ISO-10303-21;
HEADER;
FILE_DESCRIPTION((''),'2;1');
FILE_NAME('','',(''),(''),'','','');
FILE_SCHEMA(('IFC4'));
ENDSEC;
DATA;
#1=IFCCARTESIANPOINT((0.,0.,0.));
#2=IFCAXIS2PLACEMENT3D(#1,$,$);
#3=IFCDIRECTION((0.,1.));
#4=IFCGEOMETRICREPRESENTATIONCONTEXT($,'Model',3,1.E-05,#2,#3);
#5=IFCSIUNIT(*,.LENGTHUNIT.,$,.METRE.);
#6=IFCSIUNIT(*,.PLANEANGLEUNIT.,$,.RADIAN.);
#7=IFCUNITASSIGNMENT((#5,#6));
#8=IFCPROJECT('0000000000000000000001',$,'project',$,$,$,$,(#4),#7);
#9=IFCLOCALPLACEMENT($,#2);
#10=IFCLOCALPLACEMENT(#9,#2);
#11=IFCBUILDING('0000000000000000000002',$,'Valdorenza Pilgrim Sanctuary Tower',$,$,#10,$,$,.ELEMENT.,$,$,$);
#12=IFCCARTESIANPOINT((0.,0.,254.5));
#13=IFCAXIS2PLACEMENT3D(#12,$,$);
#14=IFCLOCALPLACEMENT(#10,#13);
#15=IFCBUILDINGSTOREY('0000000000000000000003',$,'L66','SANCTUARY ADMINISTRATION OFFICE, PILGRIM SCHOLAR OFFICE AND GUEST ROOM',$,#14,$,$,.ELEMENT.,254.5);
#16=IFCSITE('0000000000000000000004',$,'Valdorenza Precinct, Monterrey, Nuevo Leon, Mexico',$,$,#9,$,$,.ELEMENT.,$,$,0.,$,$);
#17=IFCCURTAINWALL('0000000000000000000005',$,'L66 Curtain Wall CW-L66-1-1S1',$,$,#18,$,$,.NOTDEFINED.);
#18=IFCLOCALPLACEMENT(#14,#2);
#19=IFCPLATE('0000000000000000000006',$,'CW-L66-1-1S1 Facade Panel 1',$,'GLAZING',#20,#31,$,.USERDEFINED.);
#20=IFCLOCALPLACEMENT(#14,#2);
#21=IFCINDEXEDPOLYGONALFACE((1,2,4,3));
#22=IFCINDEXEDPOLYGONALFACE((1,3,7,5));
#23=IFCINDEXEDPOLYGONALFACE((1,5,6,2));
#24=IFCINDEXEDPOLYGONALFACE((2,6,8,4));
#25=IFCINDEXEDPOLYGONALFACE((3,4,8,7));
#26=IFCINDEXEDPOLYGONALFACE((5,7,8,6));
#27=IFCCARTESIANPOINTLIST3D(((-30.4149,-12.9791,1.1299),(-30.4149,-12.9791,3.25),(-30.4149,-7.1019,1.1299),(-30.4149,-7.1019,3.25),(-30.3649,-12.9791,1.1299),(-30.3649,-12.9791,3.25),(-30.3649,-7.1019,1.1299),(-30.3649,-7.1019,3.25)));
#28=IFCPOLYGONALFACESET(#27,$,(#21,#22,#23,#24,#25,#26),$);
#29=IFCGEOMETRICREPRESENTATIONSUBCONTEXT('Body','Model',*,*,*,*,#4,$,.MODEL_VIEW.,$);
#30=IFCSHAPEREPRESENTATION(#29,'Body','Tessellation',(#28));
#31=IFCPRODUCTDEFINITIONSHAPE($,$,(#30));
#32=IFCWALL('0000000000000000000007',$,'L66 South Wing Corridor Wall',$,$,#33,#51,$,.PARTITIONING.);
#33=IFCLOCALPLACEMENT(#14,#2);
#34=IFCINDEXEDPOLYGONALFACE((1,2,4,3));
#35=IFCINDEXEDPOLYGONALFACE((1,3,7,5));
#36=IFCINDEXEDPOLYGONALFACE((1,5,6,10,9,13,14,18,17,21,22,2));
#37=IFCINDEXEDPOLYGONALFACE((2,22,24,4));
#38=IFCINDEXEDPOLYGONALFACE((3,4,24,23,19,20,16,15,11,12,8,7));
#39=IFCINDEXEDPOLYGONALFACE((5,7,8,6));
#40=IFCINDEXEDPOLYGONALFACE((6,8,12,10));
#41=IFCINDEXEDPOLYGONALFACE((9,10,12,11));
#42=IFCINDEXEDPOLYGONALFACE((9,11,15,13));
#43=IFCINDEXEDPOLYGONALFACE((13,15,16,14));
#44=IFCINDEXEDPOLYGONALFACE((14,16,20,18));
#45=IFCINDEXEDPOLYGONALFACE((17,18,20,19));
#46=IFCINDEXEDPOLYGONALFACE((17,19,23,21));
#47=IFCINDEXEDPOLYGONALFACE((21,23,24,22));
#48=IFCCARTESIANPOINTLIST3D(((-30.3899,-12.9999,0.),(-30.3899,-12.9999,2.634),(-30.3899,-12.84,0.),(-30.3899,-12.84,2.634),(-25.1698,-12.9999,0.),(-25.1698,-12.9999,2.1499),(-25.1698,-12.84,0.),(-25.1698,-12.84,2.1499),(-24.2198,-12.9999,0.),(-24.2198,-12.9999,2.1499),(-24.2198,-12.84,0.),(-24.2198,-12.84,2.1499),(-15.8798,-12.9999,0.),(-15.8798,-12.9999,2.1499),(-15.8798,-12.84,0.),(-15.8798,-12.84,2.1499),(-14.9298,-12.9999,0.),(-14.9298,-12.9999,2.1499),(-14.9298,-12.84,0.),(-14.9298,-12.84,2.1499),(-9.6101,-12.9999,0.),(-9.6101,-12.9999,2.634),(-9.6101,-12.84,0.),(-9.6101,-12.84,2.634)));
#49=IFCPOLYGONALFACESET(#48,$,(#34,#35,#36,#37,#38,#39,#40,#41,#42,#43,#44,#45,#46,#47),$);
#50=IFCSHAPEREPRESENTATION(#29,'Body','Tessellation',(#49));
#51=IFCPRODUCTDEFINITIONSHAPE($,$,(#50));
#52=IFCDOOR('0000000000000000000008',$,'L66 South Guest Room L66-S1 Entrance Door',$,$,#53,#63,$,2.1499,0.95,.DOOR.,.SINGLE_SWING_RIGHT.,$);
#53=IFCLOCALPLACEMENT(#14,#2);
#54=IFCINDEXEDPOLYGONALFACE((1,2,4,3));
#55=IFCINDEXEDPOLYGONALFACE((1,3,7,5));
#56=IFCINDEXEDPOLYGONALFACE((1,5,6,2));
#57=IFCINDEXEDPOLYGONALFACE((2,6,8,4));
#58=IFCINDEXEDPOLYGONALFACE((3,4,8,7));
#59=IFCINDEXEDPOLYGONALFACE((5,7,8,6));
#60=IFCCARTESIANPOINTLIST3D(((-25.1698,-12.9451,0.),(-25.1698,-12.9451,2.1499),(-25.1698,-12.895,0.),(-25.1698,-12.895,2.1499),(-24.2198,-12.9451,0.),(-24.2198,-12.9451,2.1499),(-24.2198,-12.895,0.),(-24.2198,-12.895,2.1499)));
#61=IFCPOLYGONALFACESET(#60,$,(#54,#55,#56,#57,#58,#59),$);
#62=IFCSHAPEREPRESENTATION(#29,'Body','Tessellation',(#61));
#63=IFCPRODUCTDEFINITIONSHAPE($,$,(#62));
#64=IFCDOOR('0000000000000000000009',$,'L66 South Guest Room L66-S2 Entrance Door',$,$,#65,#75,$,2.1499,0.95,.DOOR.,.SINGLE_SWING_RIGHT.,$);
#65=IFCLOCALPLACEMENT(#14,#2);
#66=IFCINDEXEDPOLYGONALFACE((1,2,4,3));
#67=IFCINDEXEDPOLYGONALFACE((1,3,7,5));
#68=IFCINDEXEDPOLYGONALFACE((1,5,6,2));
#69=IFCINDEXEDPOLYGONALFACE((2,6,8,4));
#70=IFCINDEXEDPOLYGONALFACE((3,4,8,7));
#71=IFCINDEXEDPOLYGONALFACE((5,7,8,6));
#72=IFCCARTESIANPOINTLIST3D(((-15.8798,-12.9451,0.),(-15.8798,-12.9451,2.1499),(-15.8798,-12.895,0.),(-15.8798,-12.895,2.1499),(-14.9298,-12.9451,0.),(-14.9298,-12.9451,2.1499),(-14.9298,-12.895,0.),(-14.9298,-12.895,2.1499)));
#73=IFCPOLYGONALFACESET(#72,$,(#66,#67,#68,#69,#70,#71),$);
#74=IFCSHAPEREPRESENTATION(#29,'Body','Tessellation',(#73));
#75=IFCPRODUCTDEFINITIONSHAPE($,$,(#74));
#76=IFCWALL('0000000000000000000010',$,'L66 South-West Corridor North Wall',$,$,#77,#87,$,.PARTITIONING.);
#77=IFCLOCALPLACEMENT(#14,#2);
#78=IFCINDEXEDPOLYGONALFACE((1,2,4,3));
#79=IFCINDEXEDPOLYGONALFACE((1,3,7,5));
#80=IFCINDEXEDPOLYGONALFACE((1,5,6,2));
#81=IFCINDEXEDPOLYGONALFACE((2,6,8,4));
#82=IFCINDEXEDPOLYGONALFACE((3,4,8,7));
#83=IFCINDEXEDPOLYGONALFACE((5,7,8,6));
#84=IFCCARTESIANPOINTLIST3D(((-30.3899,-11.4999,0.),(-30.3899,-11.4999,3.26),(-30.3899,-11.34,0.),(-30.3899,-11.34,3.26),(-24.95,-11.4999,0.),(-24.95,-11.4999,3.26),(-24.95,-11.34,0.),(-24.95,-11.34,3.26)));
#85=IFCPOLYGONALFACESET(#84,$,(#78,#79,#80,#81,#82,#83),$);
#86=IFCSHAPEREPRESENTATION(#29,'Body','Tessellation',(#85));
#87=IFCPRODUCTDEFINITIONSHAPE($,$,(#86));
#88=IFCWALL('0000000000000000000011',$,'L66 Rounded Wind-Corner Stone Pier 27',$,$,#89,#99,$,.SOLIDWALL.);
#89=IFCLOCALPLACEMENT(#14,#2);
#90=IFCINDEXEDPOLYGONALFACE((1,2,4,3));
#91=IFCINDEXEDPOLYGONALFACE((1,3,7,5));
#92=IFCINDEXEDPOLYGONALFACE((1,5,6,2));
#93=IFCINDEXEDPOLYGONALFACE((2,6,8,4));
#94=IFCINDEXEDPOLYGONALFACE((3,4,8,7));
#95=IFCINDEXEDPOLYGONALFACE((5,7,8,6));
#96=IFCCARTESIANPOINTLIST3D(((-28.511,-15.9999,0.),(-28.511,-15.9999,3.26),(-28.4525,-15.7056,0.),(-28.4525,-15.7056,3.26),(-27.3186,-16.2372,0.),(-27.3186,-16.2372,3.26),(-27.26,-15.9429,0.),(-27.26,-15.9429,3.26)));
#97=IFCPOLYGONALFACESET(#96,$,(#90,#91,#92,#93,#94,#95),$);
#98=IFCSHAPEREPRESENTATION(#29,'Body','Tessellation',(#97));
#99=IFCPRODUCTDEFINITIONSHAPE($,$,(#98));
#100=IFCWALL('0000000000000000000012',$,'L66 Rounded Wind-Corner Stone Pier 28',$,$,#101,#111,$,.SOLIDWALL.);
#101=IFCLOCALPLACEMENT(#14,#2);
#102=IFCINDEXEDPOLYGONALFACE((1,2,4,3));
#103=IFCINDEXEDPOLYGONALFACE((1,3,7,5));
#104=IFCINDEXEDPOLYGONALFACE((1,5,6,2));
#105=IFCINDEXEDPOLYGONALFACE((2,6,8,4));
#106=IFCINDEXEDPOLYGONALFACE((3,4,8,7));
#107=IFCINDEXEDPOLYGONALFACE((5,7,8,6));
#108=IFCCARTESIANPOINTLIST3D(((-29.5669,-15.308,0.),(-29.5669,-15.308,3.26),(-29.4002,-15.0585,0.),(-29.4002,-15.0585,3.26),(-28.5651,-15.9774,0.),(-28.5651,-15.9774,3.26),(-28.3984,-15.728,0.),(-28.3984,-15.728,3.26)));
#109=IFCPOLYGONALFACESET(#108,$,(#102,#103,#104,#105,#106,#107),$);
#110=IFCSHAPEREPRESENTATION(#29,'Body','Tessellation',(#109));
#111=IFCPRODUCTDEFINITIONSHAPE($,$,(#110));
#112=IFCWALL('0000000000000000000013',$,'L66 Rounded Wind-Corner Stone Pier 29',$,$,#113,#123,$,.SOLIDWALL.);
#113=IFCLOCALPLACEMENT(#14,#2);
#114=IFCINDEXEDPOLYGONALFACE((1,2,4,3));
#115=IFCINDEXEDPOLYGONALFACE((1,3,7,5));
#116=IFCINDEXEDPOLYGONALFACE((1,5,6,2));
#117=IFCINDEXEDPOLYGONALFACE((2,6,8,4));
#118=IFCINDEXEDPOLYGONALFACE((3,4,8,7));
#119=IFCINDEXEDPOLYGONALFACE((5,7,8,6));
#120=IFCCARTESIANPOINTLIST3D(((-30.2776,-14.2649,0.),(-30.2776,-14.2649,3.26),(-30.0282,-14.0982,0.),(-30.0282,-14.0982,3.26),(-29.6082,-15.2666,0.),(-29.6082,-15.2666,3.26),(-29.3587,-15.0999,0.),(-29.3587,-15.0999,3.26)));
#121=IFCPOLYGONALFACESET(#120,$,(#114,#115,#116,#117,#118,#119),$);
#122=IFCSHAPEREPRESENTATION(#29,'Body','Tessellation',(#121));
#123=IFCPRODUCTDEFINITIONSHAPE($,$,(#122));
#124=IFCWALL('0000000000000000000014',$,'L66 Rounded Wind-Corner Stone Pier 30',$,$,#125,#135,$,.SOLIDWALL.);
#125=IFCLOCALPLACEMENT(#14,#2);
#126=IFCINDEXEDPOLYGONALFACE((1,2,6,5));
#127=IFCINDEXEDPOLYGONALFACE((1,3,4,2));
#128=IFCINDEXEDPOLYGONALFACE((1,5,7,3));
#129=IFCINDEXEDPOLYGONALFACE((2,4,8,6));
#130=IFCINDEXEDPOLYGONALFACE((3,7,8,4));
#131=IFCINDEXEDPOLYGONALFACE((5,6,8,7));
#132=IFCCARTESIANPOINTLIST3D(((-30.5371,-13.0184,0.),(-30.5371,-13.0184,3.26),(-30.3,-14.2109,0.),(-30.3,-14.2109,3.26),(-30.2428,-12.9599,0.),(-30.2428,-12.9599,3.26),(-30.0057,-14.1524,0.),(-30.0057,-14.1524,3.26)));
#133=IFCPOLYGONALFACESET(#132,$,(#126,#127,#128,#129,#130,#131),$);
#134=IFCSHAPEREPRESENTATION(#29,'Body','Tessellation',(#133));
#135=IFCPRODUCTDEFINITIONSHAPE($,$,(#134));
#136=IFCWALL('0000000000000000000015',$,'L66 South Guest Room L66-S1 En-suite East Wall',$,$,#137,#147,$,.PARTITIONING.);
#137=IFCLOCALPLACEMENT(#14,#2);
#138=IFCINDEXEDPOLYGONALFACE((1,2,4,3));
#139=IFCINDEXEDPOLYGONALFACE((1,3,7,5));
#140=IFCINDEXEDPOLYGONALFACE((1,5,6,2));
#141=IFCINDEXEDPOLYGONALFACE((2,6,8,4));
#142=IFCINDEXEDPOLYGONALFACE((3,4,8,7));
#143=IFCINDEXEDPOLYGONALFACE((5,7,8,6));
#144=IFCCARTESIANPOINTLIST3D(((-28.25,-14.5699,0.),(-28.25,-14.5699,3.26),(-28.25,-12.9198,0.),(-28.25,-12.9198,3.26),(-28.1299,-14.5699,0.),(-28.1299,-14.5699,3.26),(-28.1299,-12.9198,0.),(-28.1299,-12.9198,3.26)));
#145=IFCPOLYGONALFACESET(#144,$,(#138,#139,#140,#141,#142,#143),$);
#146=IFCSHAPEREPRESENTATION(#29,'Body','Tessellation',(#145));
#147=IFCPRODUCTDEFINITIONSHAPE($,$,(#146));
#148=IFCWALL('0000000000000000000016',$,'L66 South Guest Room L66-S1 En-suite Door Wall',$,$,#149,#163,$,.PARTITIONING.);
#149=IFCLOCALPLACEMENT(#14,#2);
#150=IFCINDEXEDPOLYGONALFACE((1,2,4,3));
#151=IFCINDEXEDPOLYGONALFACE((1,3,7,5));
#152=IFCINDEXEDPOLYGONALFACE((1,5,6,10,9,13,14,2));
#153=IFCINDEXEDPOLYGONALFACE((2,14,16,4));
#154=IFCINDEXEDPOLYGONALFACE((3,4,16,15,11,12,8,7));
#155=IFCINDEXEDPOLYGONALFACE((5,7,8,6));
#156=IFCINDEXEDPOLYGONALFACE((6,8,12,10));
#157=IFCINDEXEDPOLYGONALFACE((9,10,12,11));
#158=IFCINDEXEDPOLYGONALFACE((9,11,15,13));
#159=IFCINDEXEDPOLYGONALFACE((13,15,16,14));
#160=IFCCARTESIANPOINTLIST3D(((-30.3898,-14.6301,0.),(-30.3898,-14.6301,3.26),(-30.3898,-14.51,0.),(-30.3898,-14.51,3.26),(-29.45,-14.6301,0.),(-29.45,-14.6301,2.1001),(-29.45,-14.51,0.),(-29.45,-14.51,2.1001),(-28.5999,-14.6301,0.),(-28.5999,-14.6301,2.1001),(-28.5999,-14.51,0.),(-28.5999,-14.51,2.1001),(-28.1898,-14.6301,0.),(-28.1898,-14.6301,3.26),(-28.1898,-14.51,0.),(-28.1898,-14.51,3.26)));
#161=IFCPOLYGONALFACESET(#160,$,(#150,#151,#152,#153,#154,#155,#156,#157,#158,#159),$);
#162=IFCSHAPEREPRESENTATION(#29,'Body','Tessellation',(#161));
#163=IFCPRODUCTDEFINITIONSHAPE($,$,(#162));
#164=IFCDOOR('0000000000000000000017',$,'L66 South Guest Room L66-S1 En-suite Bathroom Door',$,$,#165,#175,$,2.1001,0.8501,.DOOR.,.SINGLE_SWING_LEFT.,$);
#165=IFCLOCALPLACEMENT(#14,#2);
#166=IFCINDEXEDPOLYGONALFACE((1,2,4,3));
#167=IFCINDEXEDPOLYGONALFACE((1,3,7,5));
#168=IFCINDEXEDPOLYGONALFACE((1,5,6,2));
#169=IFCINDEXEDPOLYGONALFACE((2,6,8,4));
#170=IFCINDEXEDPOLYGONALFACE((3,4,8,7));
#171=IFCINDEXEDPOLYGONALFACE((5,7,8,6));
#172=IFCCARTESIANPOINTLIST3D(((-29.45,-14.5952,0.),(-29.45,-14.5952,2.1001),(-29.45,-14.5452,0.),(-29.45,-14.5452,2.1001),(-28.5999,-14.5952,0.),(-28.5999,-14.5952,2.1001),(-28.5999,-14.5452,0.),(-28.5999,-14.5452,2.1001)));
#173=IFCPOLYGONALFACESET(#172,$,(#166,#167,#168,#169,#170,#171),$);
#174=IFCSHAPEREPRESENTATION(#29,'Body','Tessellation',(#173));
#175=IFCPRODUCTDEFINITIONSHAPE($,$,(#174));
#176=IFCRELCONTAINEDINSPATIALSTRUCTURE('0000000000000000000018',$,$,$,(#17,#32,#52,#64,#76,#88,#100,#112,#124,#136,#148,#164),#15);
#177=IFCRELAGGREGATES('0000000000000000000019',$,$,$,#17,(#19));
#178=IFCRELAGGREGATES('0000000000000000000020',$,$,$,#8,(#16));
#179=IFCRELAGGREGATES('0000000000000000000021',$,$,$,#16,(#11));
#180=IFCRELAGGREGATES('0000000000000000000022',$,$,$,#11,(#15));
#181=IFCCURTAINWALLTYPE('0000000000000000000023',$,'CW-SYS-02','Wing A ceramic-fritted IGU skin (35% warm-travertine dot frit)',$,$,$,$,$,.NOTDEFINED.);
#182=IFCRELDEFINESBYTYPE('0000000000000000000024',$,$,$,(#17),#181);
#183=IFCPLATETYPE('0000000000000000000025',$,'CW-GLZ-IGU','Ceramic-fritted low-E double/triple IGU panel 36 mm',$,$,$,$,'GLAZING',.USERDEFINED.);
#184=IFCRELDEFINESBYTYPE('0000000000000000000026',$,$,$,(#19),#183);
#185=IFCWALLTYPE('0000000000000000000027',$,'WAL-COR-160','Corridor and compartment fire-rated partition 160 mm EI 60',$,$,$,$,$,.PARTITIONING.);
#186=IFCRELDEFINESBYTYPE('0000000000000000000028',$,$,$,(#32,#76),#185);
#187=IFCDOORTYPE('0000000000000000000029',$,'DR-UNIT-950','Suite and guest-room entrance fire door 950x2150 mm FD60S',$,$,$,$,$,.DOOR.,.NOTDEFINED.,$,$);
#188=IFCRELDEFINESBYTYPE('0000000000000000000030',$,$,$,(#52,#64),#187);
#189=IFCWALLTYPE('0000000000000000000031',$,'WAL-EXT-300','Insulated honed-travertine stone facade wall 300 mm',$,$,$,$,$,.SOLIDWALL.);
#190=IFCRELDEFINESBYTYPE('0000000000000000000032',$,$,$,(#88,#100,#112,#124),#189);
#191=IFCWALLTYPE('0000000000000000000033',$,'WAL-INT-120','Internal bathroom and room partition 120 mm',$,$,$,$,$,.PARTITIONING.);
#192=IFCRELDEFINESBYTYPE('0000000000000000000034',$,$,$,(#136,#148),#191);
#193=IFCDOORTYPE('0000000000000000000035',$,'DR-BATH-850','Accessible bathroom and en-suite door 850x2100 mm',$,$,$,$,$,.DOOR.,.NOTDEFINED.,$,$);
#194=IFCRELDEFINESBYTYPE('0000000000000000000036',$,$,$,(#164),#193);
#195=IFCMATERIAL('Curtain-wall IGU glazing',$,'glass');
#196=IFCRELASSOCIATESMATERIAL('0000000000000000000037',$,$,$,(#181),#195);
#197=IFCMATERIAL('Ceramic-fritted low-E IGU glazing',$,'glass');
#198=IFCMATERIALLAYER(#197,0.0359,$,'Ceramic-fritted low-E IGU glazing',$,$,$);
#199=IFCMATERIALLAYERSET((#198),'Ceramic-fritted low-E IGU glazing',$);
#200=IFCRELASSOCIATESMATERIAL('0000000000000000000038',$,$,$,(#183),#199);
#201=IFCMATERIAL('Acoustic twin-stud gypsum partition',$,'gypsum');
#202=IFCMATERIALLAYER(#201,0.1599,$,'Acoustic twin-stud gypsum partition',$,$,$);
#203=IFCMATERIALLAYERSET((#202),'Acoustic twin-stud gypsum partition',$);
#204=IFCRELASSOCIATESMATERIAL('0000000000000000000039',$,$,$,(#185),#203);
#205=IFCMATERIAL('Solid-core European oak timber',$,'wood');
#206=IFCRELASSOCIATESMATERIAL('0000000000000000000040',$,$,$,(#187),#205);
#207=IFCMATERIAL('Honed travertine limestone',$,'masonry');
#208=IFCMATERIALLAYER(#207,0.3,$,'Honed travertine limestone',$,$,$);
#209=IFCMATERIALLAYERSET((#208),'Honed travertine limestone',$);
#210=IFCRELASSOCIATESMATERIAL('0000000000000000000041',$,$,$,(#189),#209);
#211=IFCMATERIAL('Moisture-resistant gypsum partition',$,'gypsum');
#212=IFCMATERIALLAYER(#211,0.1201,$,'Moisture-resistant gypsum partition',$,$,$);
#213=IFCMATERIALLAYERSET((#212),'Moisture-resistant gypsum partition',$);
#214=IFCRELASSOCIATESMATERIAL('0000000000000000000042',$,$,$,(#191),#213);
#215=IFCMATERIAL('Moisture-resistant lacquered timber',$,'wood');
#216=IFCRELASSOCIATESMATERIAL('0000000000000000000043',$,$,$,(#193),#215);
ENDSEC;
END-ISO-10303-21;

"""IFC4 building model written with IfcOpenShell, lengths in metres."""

from ifc_helpers import new_model, si_unit, direction, frame, frame_2d, origin, origin_2d, place, context, subcontext, project, spatial, rectangle, extrude, source, transform, mapped, material, layer, layer_set, type_object, element, fill, aggregate, save


model = new_model("IFC4")

# Units and contexts
model_context = context("Model", 3, precision=1e-05, world=origin(), true_north=direction((0.0, 1.0)))
body_context = subcontext(model_context, "Body", "Model", "MODEL_VIEW")
ifc_project = project(units=[si_unit("LENGTHUNIT", "METRE"), si_unit("PLANEANGLEUNIT", "RADIAN")], contexts=[model_context])

# Site, building, storey
site_placement = place(None, origin())
site = spatial("IfcSite", under=ifc_project, at=site_placement, Name="Valdorenza Precinct, Monterrey, Nuevo Leon, Mexico", CompositionType="ELEMENT", RefElevation=0.0)
building_placement = place(site_placement, origin())
building = spatial("IfcBuilding", under=site, at=building_placement, Name="Valdorenza Pilgrim Sanctuary Tower", CompositionType="ELEMENT")
storey_placement = place(building_placement, frame((0.0, 0.0, 254.5)))
storey = spatial("IfcBuildingStorey", under=building, at=storey_placement, Name="L66", Description="SANCTUARY ADMINISTRATION OFFICE, PILGRIM SCHOLAR OFFICE AND GUEST ROOM", CompositionType="ELEMENT", Elevation=254.5)

# Curtain wall
ifc_material_1 = material(Name="Curtain-wall IGU glazing", Category="glass")
curtain_wall_type = type_object("IfcCurtainWallType", Name="CW-SYS-02", Description="Wing A ceramic-fritted IGU skin (35% warm-travertine dot frit)", PredefinedType="NOTDEFINED", material=ifc_material_1)
curtain_wall_1_placement = place(storey_placement, origin())
curtain_wall_1 = element("IfcCurtainWall", 1, at=curtain_wall_1_placement, inside=storey, type_object=curtain_wall_type, Name="L66 Curtain Wall CW-L66-1-1S1", PredefinedType="NOTDEFINED")

# Plate
ifc_material_2 = material(Name="Honed travertine limestone", Category="masonry")
ifc_material_3 = material(Name="Ceramic-fritted low-E IGU glazing", Category="glass")
ifc_layer_1 = layer(ifc_material_3, 0.0359, Name="Ceramic-fritted low-E IGU glazing")
ifc_layer_set_1 = layer_set([ifc_layer_1], Name="Ceramic-fritted low-E IGU glazing")
plate_type_1 = type_object("IfcPlateType", Name="CW-GLZ-IGU", Description="Ceramic-fritted low-E double/triple IGU panel 36 mm", ElementType="GLAZING", PredefinedType="USERDEFINED", material=ifc_layer_set_1)
shared_shape_1 = source(origin(), body_context, "Body", "SweptSolid", [
    extrude(rectangle(XDim=5.8772, YDim=0.05, at=origin_2d()), origin(), (0.0, 0.0, 1.0), 2.1201),
])
plate_1_placement = place(storey_placement, frame((-30.3899, -10.0405, 1.1299), z_axis=(0.0, 0.0, 1.0), x_axis=(0.0, 1.0, 0.0)))
plate_1 = element("IfcPlate", 2, at=plate_1_placement, type_object=plate_type_1, Name="CW-L66-1-1S1 Facade Panel 1", ObjectType="GLAZING", PredefinedType="USERDEFINED", context=body_context, shape_type="MappedRepresentation", body=[
    mapped(shared_shape_1, transform((0.0, 0.0, 0.0), x_axis=(1.0, 0.0, 0.0), y_axis=(0.0, 1.0, 0.0), z_axis=(0.0, 0.0, 1.0), scale=1.0)),
])
aggregate(curtain_wall_1, [plate_1])

# Wall, openings, doors
ifc_material_4 = material(Name="Acoustic twin-stud gypsum partition", Category="gypsum")
ifc_layer_2 = layer(ifc_material_4, 0.1599, Name="Acoustic twin-stud gypsum partition")
ifc_layer_set_2 = layer_set([ifc_layer_2], Name="Acoustic twin-stud gypsum partition")
wall_type_1 = type_object("IfcWallType", Name="WAL-COR-160", Description="Corridor and compartment fire-rated partition 160 mm EI 60", PredefinedType="PARTITIONING", material=ifc_layer_set_2)
wall_1_placement = place(storey_placement, frame((-30.3899, -12.9199, 0.0), z_axis=(0.0, 0.0, 1.0), x_axis=(1.0, 0.0, 0.0)))
wall_1 = element("IfcWall", 3, at=wall_1_placement, inside=storey, type_object=wall_type_1, Name="L66 South Wing Corridor Wall", PredefinedType="PARTITIONING", context=body_context, shape_type="SweptSolid", body=[
    extrude(rectangle(XDim=20.7798, YDim=0.1599, at=frame_2d((10.3899, 0.0))), origin(), (0.0, 0.0, 1.0), 2.634),
])
opening_1_placement = place(wall_1_placement, frame((5.22, 0.0, 0.0)))
opening_1 = element("IfcOpeningElement", 4, at=opening_1_placement, cuts=wall_1, PredefinedType="OPENING", context=body_context, shape_type="SweptSolid", body=[
    extrude(rectangle(XDim=0.95, YDim=2.1499, at=frame_2d((0.4751, 1.075))), frame((0.0, 0.0947, 0.0), z_axis=(0.0, -1.0, 0.0), x_axis=(1.0, 0.0, 0.0)), (0.0, 0.0, 1.0), 0.1897),
])
opening_2_placement = place(wall_1_placement, frame((14.51, 0.0, 0.0)))
opening_2 = element("IfcOpeningElement", 5, at=opening_2_placement, cuts=wall_1, PredefinedType="OPENING", context=body_context, shape_type="SweptSolid", body=[
    extrude(rectangle(XDim=0.95, YDim=2.1499, at=frame_2d((0.4751, 1.075))), frame((0.0, 0.0947, 0.0), z_axis=(0.0, -1.0, 0.0), x_axis=(1.0, 0.0, 0.0)), (0.0, 0.0, 1.0), 0.1897),
])
ifc_material_5 = material(Name="Solid-core European oak timber", Category="wood")
door_type_1 = type_object("IfcDoorType", Name="DR-UNIT-950", Description="Suite and guest-room entrance fire door 950x2150 mm FD60S", OperationType="NOTDEFINED", PredefinedType="DOOR", material=ifc_material_5)
door_1_placement = place(opening_1_placement, origin())
door_1 = element("IfcDoor", 6, at=door_1_placement, inside=storey, type_object=door_type_1, Name="L66 South Guest Room L66-S1 Entrance Door", OperationType="SINGLE_SWING_RIGHT", OverallHeight=2.1499, OverallWidth=0.95, PredefinedType="DOOR", context=body_context, shape_type="SweptSolid", body=[
    extrude(rectangle(XDim=0.95, YDim=2.1499, at=frame_2d((0.4751, 1.075))), frame((0.0, 0.0249, 0.0), z_axis=(0.0, -1.0, 0.0), x_axis=(1.0, 0.0, 0.0)), (0.0, 0.0, 1.0), 0.05),
])
fill(opening_1, door_1)
door_2_placement = place(opening_2_placement, origin())
door_2 = element("IfcDoor", 7, at=door_2_placement, inside=storey, type_object=door_type_1, Name="L66 South Guest Room L66-S2 Entrance Door", OperationType="SINGLE_SWING_RIGHT", OverallHeight=2.1499, OverallWidth=0.95, PredefinedType="DOOR", context=body_context, shape_type="SweptSolid", body=[
    extrude(rectangle(XDim=0.95, YDim=2.1499, at=frame_2d((0.4751, 1.075))), frame((0.0, 0.0249, 0.0), z_axis=(0.0, -1.0, 0.0), x_axis=(1.0, 0.0, 0.0)), (0.0, 0.0, 1.0), 0.05),
])
fill(opening_2, door_2)

# Walls
wall_2_placement = place(storey_placement, frame((-30.3899, -11.4199, 0.0), z_axis=(0.0, 0.0, 1.0), x_axis=(1.0, 0.0, 0.0)))
element("IfcWall", 8, at=wall_2_placement, inside=storey, type_object=wall_type_1, Name="L66 South-West Corridor North Wall", PredefinedType="PARTITIONING", context=body_context, shape_type="SweptSolid", body=[
    extrude(rectangle(XDim=5.4399, YDim=0.1599, at=frame_2d((2.72, 0.0))), origin(), (0.0, 0.0, 1.0), 3.26),
])
ifc_layer_3 = layer(ifc_material_2, 0.3, Name="Honed travertine limestone")
ifc_layer_set_3 = layer_set([ifc_layer_3], Name="Honed travertine limestone")
wall_type_2 = type_object("IfcWallType", Name="WAL-EXT-300", Description="Insulated honed-travertine stone facade wall 300 mm", PredefinedType="SOLIDWALL", material=ifc_layer_set_3)
wall_3_placement = place(storey_placement, frame((-27.2893, -16.0901, 0.0), z_axis=(0.0, 0.0, 1.0), x_axis=(-0.980766, 0.195189, 0.0)))
element("IfcWall", 9, at=wall_3_placement, inside=storey, type_object=wall_type_2, Name="L66 Rounded Wind-Corner Stone Pier 27", PredefinedType="SOLIDWALL", context=body_context, shape_type="SweptSolid", body=[
    extrude(rectangle(XDim=1.2158, YDim=0.3, at=frame_2d((0.6079, 0.0))), origin(), (0.0, 0.0, 1.0), 3.26),
])
for number, where, z_axis, x_axis, name in (
    (10, (-28.4817, -15.8528, 0.0), (0.0, 0.0, 1.0), (-0.831426, 0.555635, 0.0), "L66 Rounded Wind-Corner Stone Pier 28"),
    (11, (-29.4834, -15.1833, 0.0), (0.0, 0.0, 1.0), (-0.555635, 0.831426, 0.0), "L66 Rounded Wind-Corner Stone Pier 29"),
):
    element("IfcWall", number, at=place(storey_placement, frame(where, z_axis=z_axis, x_axis=x_axis)), inside=storey, type_object=wall_type_2, Name=name, PredefinedType="SOLIDWALL", context=body_context, shape_type="SweptSolid", body=[
        extrude(rectangle(XDim=1.2048, YDim=0.3, at=frame_2d((0.6025, 0.0))), origin(), (0.0, 0.0, 1.0), 3.26),
    ])
wall_4_placement = place(storey_placement, frame((-30.1528, -14.1816, 0.0), z_axis=(0.0, 0.0, 1.0), x_axis=(-0.194996, 0.980804, 0.0)))
element("IfcWall", 12, at=wall_4_placement, inside=storey, type_object=wall_type_2, Name="L66 Rounded Wind-Corner Stone Pier 30", PredefinedType="SOLIDWALL", context=body_context, shape_type="SweptSolid", body=[
    extrude(rectangle(XDim=1.2158, YDim=0.3, at=frame_2d((0.6079, 0.0))), origin(), (0.0, 0.0, 1.0), 3.26),
])
ifc_material_6 = material(Name="Moisture-resistant gypsum partition", Category="gypsum")
ifc_layer_4 = layer(ifc_material_6, 0.1201, Name="Moisture-resistant gypsum partition")
ifc_layer_set_4 = layer_set([ifc_layer_4], Name="Moisture-resistant gypsum partition")
wall_type_3 = type_object("IfcWallType", Name="WAL-INT-120", Description="Internal bathroom and room partition 120 mm", PredefinedType="PARTITIONING", material=ifc_layer_set_4)
wall_5_placement = place(storey_placement, frame((-28.1899, -14.5701, 0.0), z_axis=(0.0, 0.0, 1.0), x_axis=(0.0, 1.0, 0.0)))
element("IfcWall", 13, at=wall_5_placement, inside=storey, type_object=wall_type_3, Name="L66 South Guest Room L66-S1 En-suite East Wall", PredefinedType="PARTITIONING", context=body_context, shape_type="SweptSolid", body=[
    extrude(rectangle(XDim=1.6501, YDim=0.1201, at=frame_2d((0.8252, 0.0))), origin(), (0.0, 0.0, 1.0), 3.26),
])

# Wall, opening, door
wall_6_placement = place(storey_placement, frame((-30.3899, -14.5701, 0.0), z_axis=(0.0, 0.0, 1.0), x_axis=(1.0, 0.0, 0.0)))
wall_6 = element("IfcWall", 14, at=wall_6_placement, inside=storey, type_object=wall_type_3, Name="L66 South Guest Room L66-S1 En-suite Door Wall", PredefinedType="PARTITIONING", context=body_context, shape_type="SweptSolid", body=[
    extrude(rectangle(XDim=2.2, YDim=0.1201, at=frame_2d((1.1001, 0.0))), origin(), (0.0, 0.0, 1.0), 3.26),
])
opening_3_placement = place(wall_6_placement, frame((0.9399, 0.0, 0.0)))
opening_3 = element("IfcOpeningElement", 15, at=opening_3_placement, cuts=wall_6, PredefinedType="OPENING", context=body_context, shape_type="SweptSolid", body=[
    extrude(rectangle(XDim=0.8501, YDim=2.1001, at=frame_2d((0.425, 1.05))), frame((0.0, 0.075, 0.0), z_axis=(0.0, -1.0, 0.0), x_axis=(1.0, 0.0, 0.0)), (0.0, 0.0, 1.0), 0.1499),
])
ifc_material_7 = material(Name="Moisture-resistant lacquered timber", Category="wood")
door_type_2 = type_object("IfcDoorType", Name="DR-BATH-850", Description="Accessible bathroom and en-suite door 850x2100 mm", OperationType="NOTDEFINED", PredefinedType="DOOR", material=ifc_material_7)
door_3_placement = place(opening_3_placement, origin())
door_3 = element("IfcDoor", 16, at=door_3_placement, inside=storey, type_object=door_type_2, Name="L66 South Guest Room L66-S1 En-suite Bathroom Door", OperationType="SINGLE_SWING_LEFT", OverallHeight=2.1001, OverallWidth=0.8501, PredefinedType="DOOR", context=body_context, shape_type="SweptSolid", body=[
    extrude(rectangle(XDim=0.8501, YDim=2.1001, at=frame_2d((0.425, 1.05))), frame((0.0, 0.0249, 0.0), z_axis=(0.0, -1.0, 0.0), x_axis=(1.0, 0.0, 0.0)), (0.0, 0.0, 1.0), 0.05),
])
fill(opening_3, door_3)

save(model, "model.ifc")
